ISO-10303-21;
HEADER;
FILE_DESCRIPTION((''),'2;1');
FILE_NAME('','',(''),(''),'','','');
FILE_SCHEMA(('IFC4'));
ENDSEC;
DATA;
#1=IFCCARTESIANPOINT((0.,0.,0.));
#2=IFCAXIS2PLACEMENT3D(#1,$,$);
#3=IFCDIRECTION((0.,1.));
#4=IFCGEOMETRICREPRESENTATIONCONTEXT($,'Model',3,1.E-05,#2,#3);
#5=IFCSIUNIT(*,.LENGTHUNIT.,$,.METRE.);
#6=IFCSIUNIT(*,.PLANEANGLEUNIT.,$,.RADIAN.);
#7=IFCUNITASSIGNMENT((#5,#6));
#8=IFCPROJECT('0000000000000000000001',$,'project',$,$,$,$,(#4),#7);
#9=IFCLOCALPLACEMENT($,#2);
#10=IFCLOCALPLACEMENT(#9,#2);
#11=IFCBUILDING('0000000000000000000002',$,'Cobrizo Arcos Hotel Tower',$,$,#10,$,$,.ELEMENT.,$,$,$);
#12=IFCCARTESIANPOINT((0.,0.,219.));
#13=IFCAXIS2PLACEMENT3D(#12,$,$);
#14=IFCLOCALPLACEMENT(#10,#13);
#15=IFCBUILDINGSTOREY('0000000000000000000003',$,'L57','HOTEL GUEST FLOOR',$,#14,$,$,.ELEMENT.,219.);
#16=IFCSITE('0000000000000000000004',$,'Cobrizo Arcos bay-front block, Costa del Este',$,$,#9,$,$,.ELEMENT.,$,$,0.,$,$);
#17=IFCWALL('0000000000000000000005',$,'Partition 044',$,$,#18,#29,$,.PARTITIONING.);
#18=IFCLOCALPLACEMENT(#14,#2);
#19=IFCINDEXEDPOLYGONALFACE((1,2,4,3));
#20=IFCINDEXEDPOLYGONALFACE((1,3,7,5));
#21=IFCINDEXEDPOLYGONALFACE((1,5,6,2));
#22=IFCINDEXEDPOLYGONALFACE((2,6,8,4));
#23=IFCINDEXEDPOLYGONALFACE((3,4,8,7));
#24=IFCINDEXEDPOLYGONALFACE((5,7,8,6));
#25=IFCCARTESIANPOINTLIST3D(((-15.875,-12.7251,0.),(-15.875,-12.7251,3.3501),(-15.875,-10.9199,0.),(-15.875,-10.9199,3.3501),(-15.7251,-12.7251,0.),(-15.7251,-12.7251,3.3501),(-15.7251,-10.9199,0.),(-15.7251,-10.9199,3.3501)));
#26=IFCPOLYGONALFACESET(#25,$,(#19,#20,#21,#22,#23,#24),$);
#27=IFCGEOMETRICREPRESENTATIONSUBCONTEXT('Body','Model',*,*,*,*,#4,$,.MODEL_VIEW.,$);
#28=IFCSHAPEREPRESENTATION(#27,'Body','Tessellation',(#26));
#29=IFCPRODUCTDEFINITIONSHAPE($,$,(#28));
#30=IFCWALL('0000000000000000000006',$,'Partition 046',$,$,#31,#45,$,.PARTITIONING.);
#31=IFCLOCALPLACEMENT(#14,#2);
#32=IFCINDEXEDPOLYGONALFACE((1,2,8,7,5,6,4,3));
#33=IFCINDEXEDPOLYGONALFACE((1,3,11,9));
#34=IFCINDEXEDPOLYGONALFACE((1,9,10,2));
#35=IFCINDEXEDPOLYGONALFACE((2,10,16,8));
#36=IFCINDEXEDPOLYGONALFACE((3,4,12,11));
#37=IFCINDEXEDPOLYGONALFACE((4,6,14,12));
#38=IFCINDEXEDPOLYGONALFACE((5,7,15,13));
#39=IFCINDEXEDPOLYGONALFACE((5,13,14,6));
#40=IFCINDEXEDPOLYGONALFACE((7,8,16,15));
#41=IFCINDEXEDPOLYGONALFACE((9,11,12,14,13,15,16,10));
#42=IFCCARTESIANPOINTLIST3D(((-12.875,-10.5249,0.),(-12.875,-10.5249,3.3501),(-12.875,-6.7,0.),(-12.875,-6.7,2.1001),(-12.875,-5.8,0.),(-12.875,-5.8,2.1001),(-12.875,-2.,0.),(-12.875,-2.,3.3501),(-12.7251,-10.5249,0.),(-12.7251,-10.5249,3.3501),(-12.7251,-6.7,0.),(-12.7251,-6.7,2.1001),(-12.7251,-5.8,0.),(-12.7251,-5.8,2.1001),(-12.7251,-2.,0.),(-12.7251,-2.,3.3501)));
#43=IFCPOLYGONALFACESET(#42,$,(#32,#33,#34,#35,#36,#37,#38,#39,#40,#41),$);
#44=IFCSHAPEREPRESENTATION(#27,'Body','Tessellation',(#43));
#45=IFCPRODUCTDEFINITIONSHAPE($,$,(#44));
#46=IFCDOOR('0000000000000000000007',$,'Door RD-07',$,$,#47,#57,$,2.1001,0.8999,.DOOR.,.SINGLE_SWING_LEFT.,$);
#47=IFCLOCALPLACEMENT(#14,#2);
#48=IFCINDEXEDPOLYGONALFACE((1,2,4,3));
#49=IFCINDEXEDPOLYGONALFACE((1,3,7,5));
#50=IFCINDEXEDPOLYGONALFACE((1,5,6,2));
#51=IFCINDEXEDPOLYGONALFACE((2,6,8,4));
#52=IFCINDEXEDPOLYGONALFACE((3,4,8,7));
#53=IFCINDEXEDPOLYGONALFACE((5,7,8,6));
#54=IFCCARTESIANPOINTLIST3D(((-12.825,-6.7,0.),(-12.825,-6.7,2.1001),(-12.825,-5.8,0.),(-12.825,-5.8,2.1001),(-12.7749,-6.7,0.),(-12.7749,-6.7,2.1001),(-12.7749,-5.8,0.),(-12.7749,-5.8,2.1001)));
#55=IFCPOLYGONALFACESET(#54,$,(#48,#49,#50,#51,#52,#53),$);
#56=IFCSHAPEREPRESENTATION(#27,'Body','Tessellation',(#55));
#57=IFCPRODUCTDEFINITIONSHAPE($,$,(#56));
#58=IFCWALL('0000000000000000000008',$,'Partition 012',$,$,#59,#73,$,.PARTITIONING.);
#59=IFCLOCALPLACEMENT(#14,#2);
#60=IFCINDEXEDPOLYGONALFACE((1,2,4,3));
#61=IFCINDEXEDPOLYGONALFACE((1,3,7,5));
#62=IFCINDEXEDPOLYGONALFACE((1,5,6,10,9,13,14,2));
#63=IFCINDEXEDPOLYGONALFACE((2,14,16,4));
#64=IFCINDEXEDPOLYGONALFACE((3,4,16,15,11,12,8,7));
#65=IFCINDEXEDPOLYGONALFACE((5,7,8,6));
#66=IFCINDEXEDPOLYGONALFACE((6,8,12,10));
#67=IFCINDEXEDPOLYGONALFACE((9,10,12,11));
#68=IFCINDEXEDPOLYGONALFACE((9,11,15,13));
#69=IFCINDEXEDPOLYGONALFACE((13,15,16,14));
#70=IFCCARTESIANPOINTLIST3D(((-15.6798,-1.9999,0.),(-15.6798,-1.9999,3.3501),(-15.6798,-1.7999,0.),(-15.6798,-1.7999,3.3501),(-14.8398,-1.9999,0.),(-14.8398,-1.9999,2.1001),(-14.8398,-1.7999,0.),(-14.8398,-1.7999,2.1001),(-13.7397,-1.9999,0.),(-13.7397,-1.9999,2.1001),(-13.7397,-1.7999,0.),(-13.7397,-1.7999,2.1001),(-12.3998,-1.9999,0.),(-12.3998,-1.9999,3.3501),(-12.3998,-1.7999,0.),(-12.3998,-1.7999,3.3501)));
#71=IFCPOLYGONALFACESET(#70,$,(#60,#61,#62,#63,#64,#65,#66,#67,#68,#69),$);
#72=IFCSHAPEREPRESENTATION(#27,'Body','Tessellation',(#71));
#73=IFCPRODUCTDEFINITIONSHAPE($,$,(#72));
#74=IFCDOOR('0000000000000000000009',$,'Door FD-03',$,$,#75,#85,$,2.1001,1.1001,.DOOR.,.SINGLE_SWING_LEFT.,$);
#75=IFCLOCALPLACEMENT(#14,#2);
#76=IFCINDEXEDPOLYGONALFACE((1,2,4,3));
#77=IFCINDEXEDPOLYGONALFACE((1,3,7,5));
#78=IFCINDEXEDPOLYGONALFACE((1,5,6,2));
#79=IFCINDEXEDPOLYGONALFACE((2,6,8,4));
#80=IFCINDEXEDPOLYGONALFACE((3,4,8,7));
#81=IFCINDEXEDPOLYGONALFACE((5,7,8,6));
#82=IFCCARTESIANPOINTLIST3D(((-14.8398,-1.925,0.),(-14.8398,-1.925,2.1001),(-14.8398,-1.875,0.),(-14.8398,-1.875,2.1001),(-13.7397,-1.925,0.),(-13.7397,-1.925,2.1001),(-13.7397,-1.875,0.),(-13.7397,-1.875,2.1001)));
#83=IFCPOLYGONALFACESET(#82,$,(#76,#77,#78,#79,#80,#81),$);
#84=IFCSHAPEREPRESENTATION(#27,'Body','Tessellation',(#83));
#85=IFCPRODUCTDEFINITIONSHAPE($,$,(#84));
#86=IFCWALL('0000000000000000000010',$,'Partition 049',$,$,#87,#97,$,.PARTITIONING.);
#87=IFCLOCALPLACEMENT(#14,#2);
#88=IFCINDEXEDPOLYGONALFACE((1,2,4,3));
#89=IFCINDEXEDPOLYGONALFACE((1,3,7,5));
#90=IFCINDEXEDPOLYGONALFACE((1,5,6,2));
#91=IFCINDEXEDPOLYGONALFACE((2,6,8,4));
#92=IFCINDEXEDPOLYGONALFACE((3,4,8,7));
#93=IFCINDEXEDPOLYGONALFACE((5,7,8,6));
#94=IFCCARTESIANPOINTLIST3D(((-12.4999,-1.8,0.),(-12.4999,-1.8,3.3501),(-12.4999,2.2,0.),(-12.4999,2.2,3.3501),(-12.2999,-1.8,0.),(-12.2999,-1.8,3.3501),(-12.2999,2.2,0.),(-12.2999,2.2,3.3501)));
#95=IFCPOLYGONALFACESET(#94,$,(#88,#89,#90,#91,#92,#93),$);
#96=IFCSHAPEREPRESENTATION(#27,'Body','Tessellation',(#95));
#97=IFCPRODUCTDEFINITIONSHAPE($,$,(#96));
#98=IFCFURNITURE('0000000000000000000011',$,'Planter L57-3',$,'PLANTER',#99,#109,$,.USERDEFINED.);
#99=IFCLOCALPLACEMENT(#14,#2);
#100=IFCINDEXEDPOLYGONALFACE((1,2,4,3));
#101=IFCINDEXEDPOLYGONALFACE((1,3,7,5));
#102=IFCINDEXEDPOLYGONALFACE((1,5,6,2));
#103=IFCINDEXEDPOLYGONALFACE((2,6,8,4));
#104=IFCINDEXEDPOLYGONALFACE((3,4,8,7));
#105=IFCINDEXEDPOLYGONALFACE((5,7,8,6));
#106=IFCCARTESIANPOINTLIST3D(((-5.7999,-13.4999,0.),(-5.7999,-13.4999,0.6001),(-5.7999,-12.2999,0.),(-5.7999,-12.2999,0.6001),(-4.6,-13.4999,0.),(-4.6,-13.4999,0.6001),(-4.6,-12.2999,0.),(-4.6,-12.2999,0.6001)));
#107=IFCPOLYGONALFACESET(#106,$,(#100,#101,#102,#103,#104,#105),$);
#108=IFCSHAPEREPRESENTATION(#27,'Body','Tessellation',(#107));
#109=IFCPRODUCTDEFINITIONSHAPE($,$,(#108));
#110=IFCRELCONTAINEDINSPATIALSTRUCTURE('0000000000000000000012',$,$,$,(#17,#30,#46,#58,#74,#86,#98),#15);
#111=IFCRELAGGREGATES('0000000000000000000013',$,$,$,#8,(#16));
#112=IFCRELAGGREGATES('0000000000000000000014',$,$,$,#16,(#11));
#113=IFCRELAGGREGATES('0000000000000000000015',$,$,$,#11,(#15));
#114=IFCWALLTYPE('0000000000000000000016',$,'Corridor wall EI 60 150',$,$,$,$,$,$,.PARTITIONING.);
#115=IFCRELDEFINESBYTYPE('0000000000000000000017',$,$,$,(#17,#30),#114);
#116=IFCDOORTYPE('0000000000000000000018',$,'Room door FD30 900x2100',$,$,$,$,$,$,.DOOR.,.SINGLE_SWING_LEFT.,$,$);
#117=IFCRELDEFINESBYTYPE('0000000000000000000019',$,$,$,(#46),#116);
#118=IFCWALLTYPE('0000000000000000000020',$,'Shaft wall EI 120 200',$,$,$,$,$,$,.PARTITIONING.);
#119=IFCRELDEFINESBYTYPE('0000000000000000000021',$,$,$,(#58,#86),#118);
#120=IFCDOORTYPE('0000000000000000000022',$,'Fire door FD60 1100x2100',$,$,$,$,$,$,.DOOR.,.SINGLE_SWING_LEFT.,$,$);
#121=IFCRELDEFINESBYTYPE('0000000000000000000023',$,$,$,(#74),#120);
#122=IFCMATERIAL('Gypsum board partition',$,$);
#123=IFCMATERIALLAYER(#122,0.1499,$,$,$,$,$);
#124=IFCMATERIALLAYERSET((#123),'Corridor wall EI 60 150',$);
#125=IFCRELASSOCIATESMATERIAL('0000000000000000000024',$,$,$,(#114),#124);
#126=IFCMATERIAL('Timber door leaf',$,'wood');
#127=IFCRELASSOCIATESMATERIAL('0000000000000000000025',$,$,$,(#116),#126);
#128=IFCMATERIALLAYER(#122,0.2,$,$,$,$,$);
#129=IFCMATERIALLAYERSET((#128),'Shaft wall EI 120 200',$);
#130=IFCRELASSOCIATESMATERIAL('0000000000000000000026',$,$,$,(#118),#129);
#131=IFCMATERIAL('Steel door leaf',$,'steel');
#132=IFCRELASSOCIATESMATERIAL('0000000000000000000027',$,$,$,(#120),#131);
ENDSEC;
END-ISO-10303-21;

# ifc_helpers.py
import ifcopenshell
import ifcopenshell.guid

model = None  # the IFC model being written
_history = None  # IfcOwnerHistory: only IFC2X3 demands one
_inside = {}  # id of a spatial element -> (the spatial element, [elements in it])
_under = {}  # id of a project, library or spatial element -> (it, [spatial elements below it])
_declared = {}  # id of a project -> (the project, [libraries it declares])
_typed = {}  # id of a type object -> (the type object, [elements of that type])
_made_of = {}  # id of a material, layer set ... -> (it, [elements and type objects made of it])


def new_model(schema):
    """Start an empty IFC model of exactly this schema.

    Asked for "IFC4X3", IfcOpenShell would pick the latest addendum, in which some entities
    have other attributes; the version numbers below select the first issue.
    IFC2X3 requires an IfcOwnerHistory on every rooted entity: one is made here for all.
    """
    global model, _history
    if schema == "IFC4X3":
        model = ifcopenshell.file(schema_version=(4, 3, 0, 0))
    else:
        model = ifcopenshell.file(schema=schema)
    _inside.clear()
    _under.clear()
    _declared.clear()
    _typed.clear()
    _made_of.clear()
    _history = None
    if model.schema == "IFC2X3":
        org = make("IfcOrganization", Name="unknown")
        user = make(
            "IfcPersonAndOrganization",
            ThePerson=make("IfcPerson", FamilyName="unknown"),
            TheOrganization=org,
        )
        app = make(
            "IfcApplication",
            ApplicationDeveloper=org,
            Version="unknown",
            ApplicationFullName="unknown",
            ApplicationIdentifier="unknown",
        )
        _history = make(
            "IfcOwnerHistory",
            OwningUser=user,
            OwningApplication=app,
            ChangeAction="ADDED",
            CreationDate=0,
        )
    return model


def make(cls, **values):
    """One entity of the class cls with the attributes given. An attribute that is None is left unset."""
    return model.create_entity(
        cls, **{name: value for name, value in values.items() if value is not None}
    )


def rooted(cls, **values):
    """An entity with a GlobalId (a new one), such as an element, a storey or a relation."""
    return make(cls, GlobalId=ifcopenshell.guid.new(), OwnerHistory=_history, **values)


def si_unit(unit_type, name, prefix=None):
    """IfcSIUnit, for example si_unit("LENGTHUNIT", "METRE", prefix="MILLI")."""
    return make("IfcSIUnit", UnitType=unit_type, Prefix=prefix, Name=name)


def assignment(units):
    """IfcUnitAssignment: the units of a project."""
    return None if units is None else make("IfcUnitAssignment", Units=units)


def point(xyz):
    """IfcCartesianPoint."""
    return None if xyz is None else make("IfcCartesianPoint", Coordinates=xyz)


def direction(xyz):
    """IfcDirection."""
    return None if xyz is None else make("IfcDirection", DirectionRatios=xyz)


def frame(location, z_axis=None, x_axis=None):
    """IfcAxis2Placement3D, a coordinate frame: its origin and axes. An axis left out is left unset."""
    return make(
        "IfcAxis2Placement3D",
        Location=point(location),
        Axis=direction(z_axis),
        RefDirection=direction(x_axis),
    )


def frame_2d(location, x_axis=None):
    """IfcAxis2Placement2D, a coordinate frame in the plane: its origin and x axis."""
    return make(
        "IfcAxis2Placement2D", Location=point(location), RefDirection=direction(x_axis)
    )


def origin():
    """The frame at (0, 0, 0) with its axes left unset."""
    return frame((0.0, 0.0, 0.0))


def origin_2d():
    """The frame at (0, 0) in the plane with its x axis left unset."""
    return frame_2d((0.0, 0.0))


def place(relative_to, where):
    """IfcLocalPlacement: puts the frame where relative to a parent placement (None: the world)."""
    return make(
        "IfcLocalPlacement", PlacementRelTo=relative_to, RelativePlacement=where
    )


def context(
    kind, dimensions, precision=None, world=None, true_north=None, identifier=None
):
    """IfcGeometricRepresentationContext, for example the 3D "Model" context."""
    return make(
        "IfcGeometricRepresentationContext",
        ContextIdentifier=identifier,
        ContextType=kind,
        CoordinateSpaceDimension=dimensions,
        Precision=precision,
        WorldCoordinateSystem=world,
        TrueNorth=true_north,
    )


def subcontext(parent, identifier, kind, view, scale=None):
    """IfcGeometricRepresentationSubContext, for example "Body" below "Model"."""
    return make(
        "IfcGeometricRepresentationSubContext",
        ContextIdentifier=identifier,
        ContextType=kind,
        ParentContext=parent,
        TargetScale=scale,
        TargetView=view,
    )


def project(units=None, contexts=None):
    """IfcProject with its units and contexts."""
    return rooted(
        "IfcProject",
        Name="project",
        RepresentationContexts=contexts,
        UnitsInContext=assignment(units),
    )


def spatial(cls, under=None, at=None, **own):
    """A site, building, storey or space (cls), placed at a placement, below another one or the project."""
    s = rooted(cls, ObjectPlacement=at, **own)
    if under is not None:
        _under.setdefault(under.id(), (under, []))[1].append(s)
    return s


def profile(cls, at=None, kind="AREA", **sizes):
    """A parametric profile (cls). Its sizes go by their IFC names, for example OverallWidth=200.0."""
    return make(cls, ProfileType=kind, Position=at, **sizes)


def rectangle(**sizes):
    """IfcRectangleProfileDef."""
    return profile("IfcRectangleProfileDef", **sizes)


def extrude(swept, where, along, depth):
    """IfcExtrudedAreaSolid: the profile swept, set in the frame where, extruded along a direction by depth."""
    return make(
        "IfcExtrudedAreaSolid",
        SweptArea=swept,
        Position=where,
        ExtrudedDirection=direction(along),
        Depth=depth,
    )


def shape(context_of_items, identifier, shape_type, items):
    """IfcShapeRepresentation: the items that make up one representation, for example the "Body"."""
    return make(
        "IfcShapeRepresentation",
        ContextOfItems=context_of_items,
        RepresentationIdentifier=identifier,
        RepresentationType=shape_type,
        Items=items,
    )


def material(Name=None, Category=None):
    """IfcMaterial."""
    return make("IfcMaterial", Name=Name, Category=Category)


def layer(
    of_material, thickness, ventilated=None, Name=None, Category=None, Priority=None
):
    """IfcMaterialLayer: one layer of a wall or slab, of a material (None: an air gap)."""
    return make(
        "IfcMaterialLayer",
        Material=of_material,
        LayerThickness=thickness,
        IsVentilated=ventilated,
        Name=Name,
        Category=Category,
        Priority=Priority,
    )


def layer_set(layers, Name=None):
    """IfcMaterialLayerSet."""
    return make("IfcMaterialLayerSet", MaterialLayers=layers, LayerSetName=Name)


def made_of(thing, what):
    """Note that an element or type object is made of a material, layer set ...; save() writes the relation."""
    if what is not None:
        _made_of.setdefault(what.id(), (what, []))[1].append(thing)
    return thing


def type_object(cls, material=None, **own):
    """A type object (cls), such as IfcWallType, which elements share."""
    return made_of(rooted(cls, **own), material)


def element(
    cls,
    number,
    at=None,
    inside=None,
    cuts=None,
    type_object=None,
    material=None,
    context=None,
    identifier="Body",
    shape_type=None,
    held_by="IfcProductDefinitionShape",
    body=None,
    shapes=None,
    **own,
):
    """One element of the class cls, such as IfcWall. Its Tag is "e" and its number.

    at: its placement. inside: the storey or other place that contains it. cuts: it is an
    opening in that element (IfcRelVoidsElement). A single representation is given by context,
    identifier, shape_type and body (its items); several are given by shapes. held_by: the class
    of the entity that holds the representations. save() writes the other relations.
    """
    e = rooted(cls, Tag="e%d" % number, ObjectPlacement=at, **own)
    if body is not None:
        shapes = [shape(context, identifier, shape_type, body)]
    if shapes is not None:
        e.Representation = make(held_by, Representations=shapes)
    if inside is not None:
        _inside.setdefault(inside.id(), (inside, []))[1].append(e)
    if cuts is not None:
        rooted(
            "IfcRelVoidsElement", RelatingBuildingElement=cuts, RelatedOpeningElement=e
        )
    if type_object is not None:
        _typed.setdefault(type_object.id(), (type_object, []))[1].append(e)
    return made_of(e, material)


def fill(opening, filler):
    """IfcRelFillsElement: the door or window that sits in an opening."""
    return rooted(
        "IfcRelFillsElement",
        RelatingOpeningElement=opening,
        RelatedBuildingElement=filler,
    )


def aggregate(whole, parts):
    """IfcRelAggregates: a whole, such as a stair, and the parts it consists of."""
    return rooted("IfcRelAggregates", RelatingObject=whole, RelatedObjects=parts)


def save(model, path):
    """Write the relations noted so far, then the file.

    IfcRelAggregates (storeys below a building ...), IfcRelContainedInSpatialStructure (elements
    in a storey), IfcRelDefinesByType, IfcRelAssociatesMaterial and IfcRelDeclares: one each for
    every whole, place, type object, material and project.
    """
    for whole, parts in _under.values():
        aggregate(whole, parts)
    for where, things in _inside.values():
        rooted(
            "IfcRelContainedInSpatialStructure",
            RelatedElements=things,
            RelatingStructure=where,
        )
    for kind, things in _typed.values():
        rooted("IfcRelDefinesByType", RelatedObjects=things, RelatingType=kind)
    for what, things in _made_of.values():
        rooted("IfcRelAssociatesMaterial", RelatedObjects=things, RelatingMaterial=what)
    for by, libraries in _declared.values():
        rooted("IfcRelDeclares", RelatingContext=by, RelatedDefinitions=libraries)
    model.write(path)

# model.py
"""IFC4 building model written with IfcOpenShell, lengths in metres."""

from ifc_helpers import new_model, si_unit, direction, frame, frame_2d, origin, origin_2d, place, context, subcontext, project, spatial, rectangle, extrude, material, layer, layer_set, type_object, element, fill, save


model = new_model("IFC4")

# Units and contexts
model_context = context("Model", 3, precision=1e-05, world=origin(), true_north=direction((0.0, 1.0)))
body_context = subcontext(model_context, "Body", "Model", "MODEL_VIEW")
ifc_project = project(units=[si_unit("LENGTHUNIT", "METRE"), si_unit("PLANEANGLEUNIT", "RADIAN")], contexts=[model_context])

# Site, building, storey
site_placement = place(None, origin())
site = spatial("IfcSite", under=ifc_project, at=site_placement, Name="Cobrizo Arcos bay-front block, Costa del Este", CompositionType="ELEMENT", RefElevation=0.0)
building_placement = place(site_placement, origin())
building = spatial("IfcBuilding", under=site, at=building_placement, Name="Cobrizo Arcos Hotel Tower", CompositionType="ELEMENT")
storey_placement = place(building_placement, frame((0.0, 0.0, 219.0)))
storey = spatial("IfcBuildingStorey", under=building, at=storey_placement, Name="L57", Description="HOTEL GUEST FLOOR", CompositionType="ELEMENT", Elevation=219.0)

# Shared definitions
ifc_material_1 = material(Name="Gypsum board partition")
ifc_layer_1 = layer(ifc_material_1, 0.1499)
ifc_layer_set_1 = layer_set([ifc_layer_1], Name="Corridor wall EI 60 150")
wall_type_1 = type_object("IfcWallType", Name="Corridor wall EI 60 150", PredefinedType="PARTITIONING", material=ifc_layer_set_1)
ifc_material_2 = material(Name="Timber door leaf", Category="wood")

# Wall
wall_1_placement = place(storey_placement, frame((-15.8, -12.7251, 0.0), z_axis=(0.0, 0.0, 1.0), x_axis=(0.0, 1.0, 0.0)))
element("IfcWall", 1, at=wall_1_placement, inside=storey, type_object=wall_type_1, Name="Partition 044", PredefinedType="PARTITIONING", context=body_context, shape_type="SweptSolid", body=[
    extrude(rectangle(XDim=1.8052, YDim=0.1499, at=frame_2d((0.9026, 0.0))), origin(), (0.0, 0.0, 1.0), 3.3501),
])

# Walls, openings, doors
wall_2_placement = place(storey_placement, frame((-12.8, -10.5249, 0.0), z_axis=(0.0, 0.0, 1.0), x_axis=(0.0, 1.0, 0.0)))
wall_2 = element("IfcWall", 2, at=wall_2_placement, inside=storey, type_object=wall_type_1, Name="Partition 046", PredefinedType="PARTITIONING", context=body_context, shape_type="SweptSolid", body=[
    extrude(rectangle(XDim=8.5249, YDim=0.1499, at=frame_2d((4.2625, 0.0))), origin(), (0.0, 0.0, 1.0), 3.3501),
])
opening_1_placement = place(wall_2_placement, frame((3.825, 0.0, 0.0)))
opening_1 = element("IfcOpeningElement", 3, at=opening_1_placement, cuts=wall_2, PredefinedType="OPENING", context=body_context, shape_type="SweptSolid", body=[
    extrude(rectangle(XDim=0.8999, YDim=2.1001, at=frame_2d((0.45, 1.05))), frame((0.0, 0.0869, 0.0), z_axis=(0.0, -1.0, 0.0), x_axis=(1.0, 0.0, 0.0)), (0.0, 0.0, 1.0), 0.1738),
])
door_type_1 = type_object("IfcDoorType", Name="Room door FD30 900x2100", OperationType="SINGLE_SWING_LEFT", PredefinedType="DOOR", material=ifc_material_2)
door_1_placement = place(opening_1_placement, origin())
door_1 = element("IfcDoor", 4, at=door_1_placement, inside=storey, type_object=door_type_1, Name="Door RD-07", OperationType="SINGLE_SWING_LEFT", OverallHeight=2.1001, OverallWidth=0.8999, PredefinedType="DOOR", context=body_context, shape_type="SweptSolid", body=[
    extrude(rectangle(XDim=0.8999, YDim=2.1001, at=frame_2d((0.45, 1.05))), frame((0.0, 0.0249, 0.0), z_axis=(0.0, -1.0, 0.0), x_axis=(1.0, 0.0, 0.0)), (0.0, 0.0, 1.0), 0.05),
])
fill(opening_1, door_1)
ifc_layer_2 = layer(ifc_material_1, 0.2)
ifc_layer_set_2 = layer_set([ifc_layer_2], Name="Shaft wall EI 120 200")
wall_type_2 = type_object("IfcWallType", Name="Shaft wall EI 120 200", PredefinedType="PARTITIONING", material=ifc_layer_set_2)
wall_3_placement = place(storey_placement, frame((-15.6799, -1.8999, 0.0), z_axis=(0.0, 0.0, 1.0), x_axis=(1.0, 0.0, 0.0)))
wall_3 = element("IfcWall", 5, at=wall_3_placement, inside=storey, type_object=wall_type_2, Name="Partition 012", PredefinedType="PARTITIONING", context=body_context, shape_type="SweptSolid", body=[
    extrude(rectangle(XDim=3.28, YDim=0.2, at=frame_2d((1.6401, 0.0))), origin(), (0.0, 0.0, 1.0), 3.3501),
])
opening_2_placement = place(wall_3_placement, frame((0.8401, 0.0, 0.0)))
opening_2 = element("IfcOpeningElement", 6, at=opening_2_placement, cuts=wall_3, PredefinedType="OPENING", context=body_context, shape_type="SweptSolid", body=[
    extrude(rectangle(XDim=1.1001, YDim=2.1001, at=frame_2d((0.55, 1.05))), frame((0.0, 0.1121, 0.0), z_axis=(0.0, -1.0, 0.0), x_axis=(1.0, 0.0, 0.0)), (0.0, 0.0, 1.0), 0.2239),
])
ifc_material_3 = material(Name="Steel door leaf", Category="steel")
door_type_2 = type_object("IfcDoorType", Name="Fire door FD60 1100x2100", OperationType="SINGLE_SWING_LEFT", PredefinedType="DOOR", material=ifc_material_3)
door_2_placement = place(opening_2_placement, origin())
door_2 = element("IfcDoor", 7, at=door_2_placement, inside=storey, type_object=door_type_2, Name="Door FD-03", OperationType="SINGLE_SWING_LEFT", OverallHeight=2.1001, OverallWidth=1.1001, PredefinedType="DOOR", context=body_context, shape_type="SweptSolid", body=[
    extrude(rectangle(XDim=1.1001, YDim=2.1001, at=frame_2d((0.55, 1.05))), frame((0.0, 0.0249, 0.0), z_axis=(0.0, -1.0, 0.0), x_axis=(1.0, 0.0, 0.0)), (0.0, 0.0, 1.0), 0.05),
])
fill(opening_2, door_2)

# Wall
wall_4_placement = place(storey_placement, frame((-12.3999, -1.8, 0.0), z_axis=(0.0, 0.0, 1.0), x_axis=(0.0, 1.0, 0.0)))
element("IfcWall", 8, at=wall_4_placement, inside=storey, type_object=wall_type_2, Name="Partition 049", PredefinedType="PARTITIONING", context=body_context, shape_type="SweptSolid", body=[
    extrude(rectangle(XDim=4.0, YDim=0.2, at=frame_2d((2.0, 0.0))), origin(), (0.0, 0.0, 1.0), 3.3501),
])

# Furniture
furniture_placement = place(storey_placement, frame((-5.2, -12.8999, 0.0), z_axis=(0.0, 0.0, 1.0), x_axis=(1.0, 0.0, 0.0)))
element("IfcFurniture", 9, at=furniture_placement, inside=storey, Name="Planter L57-3", ObjectType="PLANTER", PredefinedType="USERDEFINED", context=body_context, shape_type="SweptSolid", body=[
    extrude(rectangle(XDim=1.2, YDim=1.2, at=origin_2d()), origin(), (0.0, 0.0, 1.0), 0.6001),
])

save(model, "model.ifc")
